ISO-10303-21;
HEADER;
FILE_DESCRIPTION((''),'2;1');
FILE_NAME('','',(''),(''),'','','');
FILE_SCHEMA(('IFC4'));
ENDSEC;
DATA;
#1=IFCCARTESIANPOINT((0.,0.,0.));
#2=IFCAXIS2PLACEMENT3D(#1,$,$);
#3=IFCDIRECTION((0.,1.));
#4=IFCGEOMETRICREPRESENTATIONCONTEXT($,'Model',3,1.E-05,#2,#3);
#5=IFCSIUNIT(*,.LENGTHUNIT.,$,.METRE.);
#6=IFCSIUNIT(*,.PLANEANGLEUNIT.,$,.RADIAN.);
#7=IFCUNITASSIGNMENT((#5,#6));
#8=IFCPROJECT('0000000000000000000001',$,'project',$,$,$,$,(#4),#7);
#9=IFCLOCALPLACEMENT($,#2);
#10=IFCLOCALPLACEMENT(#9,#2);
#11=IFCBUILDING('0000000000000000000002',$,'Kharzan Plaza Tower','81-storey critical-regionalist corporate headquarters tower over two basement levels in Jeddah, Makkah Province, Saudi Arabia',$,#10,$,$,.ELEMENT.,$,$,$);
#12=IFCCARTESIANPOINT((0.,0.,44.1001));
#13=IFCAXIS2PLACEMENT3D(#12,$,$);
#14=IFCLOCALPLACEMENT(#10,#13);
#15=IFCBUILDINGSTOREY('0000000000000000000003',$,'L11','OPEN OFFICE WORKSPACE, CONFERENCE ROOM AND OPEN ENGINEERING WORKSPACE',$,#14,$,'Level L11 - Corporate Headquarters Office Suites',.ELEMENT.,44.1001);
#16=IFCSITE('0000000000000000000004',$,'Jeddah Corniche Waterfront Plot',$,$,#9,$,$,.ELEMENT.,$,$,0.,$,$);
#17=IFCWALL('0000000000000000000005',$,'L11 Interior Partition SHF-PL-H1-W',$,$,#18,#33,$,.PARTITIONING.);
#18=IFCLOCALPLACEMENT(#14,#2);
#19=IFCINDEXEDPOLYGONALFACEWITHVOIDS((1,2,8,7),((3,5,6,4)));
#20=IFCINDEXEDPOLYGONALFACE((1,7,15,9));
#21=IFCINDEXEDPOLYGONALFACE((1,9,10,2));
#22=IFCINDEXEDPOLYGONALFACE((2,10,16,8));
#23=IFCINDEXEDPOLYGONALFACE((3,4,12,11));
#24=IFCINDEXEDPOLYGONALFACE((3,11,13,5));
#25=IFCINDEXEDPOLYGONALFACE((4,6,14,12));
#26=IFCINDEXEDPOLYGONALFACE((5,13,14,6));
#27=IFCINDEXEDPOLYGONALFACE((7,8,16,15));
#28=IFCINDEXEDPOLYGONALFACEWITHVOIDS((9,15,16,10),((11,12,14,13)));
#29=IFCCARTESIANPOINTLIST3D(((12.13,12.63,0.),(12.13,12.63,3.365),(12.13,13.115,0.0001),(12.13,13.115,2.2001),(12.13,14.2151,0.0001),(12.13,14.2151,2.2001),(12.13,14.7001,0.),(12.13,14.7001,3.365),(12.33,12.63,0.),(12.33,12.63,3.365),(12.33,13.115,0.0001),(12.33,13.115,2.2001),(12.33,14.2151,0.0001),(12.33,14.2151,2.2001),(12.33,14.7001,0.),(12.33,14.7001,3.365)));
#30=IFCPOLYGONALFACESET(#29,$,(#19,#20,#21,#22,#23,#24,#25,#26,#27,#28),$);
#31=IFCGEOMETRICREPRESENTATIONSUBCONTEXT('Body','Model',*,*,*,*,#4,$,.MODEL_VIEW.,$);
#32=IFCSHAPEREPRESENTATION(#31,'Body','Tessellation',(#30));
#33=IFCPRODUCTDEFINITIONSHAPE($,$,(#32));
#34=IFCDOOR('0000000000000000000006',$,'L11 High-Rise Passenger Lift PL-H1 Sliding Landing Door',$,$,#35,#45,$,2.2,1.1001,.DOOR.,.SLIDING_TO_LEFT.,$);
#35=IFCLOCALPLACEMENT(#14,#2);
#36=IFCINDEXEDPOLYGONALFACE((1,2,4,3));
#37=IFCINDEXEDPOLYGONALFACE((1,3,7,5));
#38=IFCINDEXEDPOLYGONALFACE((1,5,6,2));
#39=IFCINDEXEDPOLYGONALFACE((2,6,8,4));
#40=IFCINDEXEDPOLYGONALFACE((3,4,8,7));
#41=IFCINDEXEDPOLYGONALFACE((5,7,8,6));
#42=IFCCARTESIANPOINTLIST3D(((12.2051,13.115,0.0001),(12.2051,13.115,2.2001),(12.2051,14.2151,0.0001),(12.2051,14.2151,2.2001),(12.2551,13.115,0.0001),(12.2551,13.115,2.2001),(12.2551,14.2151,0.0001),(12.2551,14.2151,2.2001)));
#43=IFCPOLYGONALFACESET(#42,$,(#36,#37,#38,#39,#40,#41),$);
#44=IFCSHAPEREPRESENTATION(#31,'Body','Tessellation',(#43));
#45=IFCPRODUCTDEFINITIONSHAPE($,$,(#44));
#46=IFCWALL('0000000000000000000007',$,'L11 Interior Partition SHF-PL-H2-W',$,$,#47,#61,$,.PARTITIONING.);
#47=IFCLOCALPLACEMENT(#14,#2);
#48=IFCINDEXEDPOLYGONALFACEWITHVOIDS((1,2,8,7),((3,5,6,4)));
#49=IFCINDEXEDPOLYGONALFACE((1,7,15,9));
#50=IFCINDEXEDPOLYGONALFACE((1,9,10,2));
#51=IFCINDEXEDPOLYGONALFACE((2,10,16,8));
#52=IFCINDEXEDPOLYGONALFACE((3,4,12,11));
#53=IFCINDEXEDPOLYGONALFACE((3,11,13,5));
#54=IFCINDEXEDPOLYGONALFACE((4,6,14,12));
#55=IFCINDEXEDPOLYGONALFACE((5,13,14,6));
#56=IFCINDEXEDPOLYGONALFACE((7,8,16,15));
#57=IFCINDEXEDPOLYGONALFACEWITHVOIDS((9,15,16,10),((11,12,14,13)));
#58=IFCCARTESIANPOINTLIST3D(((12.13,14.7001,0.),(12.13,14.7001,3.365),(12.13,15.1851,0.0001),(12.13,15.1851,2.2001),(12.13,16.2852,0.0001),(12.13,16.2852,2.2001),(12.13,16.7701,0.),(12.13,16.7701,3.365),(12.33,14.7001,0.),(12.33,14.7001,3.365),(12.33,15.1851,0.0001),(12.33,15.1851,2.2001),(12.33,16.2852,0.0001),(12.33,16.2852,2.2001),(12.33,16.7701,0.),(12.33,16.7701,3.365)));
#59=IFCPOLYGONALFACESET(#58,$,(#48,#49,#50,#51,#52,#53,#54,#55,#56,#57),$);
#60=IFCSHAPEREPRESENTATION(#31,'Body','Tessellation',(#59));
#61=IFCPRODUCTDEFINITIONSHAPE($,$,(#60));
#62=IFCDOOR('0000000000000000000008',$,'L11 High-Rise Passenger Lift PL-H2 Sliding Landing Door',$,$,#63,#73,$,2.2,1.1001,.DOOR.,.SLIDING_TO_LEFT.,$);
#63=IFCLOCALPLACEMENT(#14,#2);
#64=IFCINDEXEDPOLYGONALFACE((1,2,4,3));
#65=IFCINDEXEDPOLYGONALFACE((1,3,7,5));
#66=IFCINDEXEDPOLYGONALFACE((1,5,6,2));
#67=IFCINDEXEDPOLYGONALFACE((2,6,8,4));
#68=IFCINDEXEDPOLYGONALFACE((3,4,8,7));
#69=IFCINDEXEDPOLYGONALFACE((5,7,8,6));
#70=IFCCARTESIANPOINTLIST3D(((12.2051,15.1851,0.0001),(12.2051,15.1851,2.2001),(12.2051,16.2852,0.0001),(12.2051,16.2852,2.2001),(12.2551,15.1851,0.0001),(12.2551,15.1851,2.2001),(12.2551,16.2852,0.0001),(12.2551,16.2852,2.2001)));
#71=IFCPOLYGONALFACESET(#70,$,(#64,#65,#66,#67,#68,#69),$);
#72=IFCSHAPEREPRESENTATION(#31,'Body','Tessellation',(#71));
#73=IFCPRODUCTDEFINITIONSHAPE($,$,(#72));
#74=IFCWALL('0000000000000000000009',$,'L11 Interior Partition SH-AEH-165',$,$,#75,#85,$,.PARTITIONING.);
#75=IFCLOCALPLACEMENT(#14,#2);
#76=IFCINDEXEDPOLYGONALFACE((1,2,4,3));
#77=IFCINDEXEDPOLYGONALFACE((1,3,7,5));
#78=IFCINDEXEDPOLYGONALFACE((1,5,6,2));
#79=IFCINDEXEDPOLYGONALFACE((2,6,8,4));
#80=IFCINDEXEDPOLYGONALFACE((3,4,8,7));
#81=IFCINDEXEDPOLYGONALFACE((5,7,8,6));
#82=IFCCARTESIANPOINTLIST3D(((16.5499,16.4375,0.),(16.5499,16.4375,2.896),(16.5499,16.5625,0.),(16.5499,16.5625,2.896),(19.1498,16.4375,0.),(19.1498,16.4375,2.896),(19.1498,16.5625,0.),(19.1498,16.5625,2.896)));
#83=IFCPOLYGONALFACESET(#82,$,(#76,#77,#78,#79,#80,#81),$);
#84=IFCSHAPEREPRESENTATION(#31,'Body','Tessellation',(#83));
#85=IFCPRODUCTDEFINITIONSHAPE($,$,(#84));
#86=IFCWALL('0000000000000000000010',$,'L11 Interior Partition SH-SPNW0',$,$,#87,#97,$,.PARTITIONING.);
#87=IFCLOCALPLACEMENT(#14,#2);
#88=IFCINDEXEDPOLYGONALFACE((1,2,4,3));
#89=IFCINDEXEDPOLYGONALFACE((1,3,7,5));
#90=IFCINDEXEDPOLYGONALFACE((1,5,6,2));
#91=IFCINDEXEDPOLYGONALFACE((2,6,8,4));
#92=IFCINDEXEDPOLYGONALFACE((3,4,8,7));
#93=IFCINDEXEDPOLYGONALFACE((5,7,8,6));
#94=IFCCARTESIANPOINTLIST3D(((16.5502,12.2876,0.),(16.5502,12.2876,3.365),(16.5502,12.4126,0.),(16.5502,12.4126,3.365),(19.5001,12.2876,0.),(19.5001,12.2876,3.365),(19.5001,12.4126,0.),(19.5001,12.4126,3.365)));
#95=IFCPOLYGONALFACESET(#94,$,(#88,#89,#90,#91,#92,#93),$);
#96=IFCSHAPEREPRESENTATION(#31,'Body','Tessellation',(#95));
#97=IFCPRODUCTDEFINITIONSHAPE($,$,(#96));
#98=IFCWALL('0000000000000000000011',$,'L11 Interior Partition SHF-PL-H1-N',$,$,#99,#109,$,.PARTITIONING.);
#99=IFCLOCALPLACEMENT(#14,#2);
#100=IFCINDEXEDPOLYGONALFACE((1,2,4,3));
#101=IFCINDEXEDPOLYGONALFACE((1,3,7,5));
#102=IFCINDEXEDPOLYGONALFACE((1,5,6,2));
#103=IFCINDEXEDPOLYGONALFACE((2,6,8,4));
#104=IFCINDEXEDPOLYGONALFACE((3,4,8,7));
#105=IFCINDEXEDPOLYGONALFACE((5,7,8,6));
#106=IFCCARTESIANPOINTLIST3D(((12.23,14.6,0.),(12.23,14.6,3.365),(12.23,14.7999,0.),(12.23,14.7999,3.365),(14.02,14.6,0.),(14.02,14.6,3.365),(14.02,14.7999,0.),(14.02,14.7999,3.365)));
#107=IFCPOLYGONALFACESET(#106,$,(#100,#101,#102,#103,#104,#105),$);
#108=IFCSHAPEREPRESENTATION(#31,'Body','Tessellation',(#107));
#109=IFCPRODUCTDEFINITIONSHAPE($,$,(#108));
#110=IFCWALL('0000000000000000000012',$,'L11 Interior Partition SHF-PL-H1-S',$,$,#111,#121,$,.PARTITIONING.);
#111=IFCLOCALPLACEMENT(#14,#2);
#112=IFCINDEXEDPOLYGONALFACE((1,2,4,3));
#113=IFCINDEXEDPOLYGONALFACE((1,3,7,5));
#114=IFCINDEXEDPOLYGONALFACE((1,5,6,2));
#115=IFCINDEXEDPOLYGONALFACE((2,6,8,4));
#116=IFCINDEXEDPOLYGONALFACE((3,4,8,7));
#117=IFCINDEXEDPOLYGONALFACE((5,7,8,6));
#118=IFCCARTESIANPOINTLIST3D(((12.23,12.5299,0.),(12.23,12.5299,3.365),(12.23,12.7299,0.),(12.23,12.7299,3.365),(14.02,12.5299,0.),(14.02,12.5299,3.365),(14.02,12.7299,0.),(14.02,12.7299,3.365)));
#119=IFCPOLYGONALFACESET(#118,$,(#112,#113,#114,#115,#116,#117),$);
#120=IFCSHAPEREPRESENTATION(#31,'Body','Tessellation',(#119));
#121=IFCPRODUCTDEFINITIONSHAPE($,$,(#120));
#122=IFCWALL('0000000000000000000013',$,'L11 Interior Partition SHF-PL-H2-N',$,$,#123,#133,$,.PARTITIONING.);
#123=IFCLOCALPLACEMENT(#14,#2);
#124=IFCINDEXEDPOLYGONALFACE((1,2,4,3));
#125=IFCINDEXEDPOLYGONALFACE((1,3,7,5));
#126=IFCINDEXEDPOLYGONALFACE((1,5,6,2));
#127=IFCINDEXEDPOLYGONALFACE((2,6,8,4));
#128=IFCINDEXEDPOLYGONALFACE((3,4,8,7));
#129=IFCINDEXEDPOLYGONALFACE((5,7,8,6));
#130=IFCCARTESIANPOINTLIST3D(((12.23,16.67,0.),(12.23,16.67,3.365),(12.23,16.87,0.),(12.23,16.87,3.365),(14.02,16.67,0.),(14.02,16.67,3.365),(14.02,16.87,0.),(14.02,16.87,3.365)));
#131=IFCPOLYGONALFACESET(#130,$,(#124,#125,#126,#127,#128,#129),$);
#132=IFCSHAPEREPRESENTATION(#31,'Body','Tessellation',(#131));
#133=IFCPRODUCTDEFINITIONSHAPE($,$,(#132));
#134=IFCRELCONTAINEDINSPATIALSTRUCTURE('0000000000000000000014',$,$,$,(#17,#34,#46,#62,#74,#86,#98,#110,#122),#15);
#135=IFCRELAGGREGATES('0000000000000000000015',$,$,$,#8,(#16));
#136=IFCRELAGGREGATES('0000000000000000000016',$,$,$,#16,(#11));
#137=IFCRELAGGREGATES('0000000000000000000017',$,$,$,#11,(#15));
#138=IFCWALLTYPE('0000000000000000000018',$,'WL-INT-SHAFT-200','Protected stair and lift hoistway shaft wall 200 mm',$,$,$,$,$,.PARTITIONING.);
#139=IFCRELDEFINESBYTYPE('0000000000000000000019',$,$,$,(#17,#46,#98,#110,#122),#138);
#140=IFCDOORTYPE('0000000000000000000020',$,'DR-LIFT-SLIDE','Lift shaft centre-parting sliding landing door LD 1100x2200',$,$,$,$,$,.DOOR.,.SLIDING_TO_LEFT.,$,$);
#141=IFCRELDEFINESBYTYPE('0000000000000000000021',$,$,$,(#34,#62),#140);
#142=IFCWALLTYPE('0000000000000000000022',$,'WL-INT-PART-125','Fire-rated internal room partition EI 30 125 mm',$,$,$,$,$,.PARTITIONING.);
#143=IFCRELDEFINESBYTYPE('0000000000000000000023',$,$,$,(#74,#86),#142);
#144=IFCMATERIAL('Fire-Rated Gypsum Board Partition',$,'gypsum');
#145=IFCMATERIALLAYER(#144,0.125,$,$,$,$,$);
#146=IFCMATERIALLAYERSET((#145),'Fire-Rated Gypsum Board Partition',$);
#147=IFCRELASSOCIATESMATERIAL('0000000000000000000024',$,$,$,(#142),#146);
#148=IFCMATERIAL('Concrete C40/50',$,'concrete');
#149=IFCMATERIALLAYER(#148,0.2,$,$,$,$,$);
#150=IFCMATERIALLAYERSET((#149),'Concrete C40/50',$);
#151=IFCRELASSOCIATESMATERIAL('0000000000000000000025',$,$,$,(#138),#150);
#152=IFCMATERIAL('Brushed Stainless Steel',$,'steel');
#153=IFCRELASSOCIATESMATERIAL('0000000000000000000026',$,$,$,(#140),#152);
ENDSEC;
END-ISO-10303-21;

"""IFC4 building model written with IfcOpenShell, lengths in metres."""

from ifc_helpers import new_model, si_unit, direction, frame, frame_2d, origin, place, context, subcontext, project, spatial, rectangle, extrude, source, transform, mapped, material, layer, layer_set, type_object, element, fill, save


model = new_model("IFC4")

# Units and contexts
model_context = context("Model", 3, precision=1e-05, world=origin(), true_north=direction((0.0, 1.0)))
body_context = subcontext(model_context, "Body", "Model", "MODEL_VIEW")
ifc_project = project(units=[si_unit("LENGTHUNIT", "METRE"), si_unit("PLANEANGLEUNIT", "RADIAN")], contexts=[model_context])

# Site, building, storey
site_placement = place(None, origin())
site = spatial("IfcSite", under=ifc_project, at=site_placement, Name="Jeddah Corniche Waterfront Plot", CompositionType="ELEMENT", RefElevation=0.0)
building_placement = place(site_placement, origin())
building = spatial("IfcBuilding", under=site, at=building_placement, Name="Kharzan Plaza Tower", Description="81-storey critical-regionalist corporate headquarters tower over two basement levels in Jeddah, Makkah Province, Saudi Arabia", CompositionType="ELEMENT")
storey_placement = place(building_placement, frame((0.0, 0.0, 44.1001)))
storey = spatial("IfcBuildingStorey", under=building, at=storey_placement, Name="L11", Description="OPEN OFFICE WORKSPACE, CONFERENCE ROOM AND OPEN ENGINEERING WORKSPACE", LongName="Level L11 - Corporate Headquarters Office Suites", CompositionType="ELEMENT", Elevation=44.1001)

# Walls, openings, doors
ifc_material_1 = material(Name="Fire-Rated Gypsum Board Partition", Category="gypsum")
ifc_layer_1 = layer(ifc_material_1, 0.125)
ifc_layer_set_1 = layer_set([ifc_layer_1], Name="Fire-Rated Gypsum Board Partition")
wall_type_1 = type_object("IfcWallType", Name="WL-INT-PART-125", Description="Fire-rated internal room partition EI 30 125 mm", PredefinedType="PARTITIONING", material=ifc_layer_set_1)
ifc_material_2 = material(Name="Concrete C40/50", Category="concrete")
ifc_layer_2 = layer(ifc_material_2, 0.2)
ifc_layer_set_2 = layer_set([ifc_layer_2], Name="Concrete C40/50")
wall_type_2 = type_object("IfcWallType", Name="WL-INT-SHAFT-200", Description="Protected stair and lift hoistway shaft wall 200 mm", PredefinedType="PARTITIONING", material=ifc_layer_set_2)
wall_1_placement = place(storey_placement, frame((12.23, 12.6299, 0.0), z_axis=(0.0, 0.0, 1.0), x_axis=(0.0, 1.0, 0.0)))
wall_1 = element("IfcWall", 1, at=wall_1_placement, inside=storey, type_object=wall_type_2, Name="L11 Interior Partition SHF-PL-H1-W", PredefinedType="PARTITIONING", context=body_context, shape_type="SweptSolid", body=[
    extrude(rectangle(XDim=2.0701, YDim=0.2, at=frame_2d((1.0352, 0.0))), origin(), (0.0, 0.0, 1.0), 3.365),
])
opening_1_placement = place(wall_1_placement, frame((0.4851, 0.0, 0.0)))
opening_1 = element("IfcOpeningElement", 2, at=opening_1_placement, cuts=wall_1, PredefinedType="OPENING", context=body_context, shape_type="SweptSolid", body=[
    extrude(rectangle(XDim=1.1001, YDim=2.2, at=frame_2d((0.55, 1.1001))), frame((0.0, 0.1099, 0.0), z_axis=(0.0, -1.0, 0.0), x_axis=(1.0, 0.0, 0.0)), (0.0, 0.0, 1.0), 0.22),
])
ifc_material_3 = material(Name="Brushed Stainless Steel", Category="steel")
door_type_1 = type_object("IfcDoorType", Name="DR-LIFT-SLIDE", Description="Lift shaft centre-parting sliding landing door LD 1100x2200", OperationType="SLIDING_TO_LEFT", PredefinedType="DOOR", material=ifc_material_3)
shared_shape_1 = source(origin(), body_context, "Body", "SweptSolid", [
    extrude(rectangle(XDim=1.1001, YDim=2.2, at=frame_2d((0.55, 1.1001))), frame((0.0, 0.0249, 0.0), z_axis=(0.0, -1.0, 0.0), x_axis=(1.0, 0.0, 0.0)), (0.0, 0.0, 1.0), 0.05),
])
door_1_placement = place(opening_1_placement, origin())
door_1 = element("IfcDoor", 3, at=door_1_placement, inside=storey, type_object=door_type_1, Name="L11 High-Rise Passenger Lift PL-H1 Sliding Landing Door", OperationType="SLIDING_TO_LEFT", OverallHeight=2.2, OverallWidth=1.1001, PredefinedType="DOOR", context=body_context, shape_type="MappedRepresentation", body=[
    mapped(shared_shape_1, transform((0.0, 0.0, 0.0), x_axis=(1.0, 0.0, 0.0), y_axis=(0.0, 1.0, 0.0), z_axis=(0.0, 0.0, 1.0))),
])
fill(opening_1, door_1)
wall_2_placement = place(storey_placement, frame((12.23, 14.7, 0.0), z_axis=(0.0, 0.0, 1.0), x_axis=(0.0, 1.0, 0.0)))
wall_2 = element("IfcWall", 4, at=wall_2_placement, inside=storey, type_object=wall_type_2, Name="L11 Interior Partition SHF-PL-H2-W", PredefinedType="PARTITIONING", context=body_context, shape_type="SweptSolid", body=[
    extrude(rectangle(XDim=2.0701, YDim=0.2, at=frame_2d((1.0352, 0.0))), origin(), (0.0, 0.0, 1.0), 3.365),
])
opening_2_placement = place(wall_2_placement, frame((0.4851, 0.0, 0.0)))
opening_2 = element("IfcOpeningElement", 5, at=opening_2_placement, cuts=wall_2, PredefinedType="OPENING", context=body_context, shape_type="SweptSolid", body=[
    extrude(rectangle(XDim=1.1001, YDim=2.2, at=frame_2d((0.55, 1.1001))), frame((0.0, 0.1099, 0.0), z_axis=(0.0, -1.0, 0.0), x_axis=(1.0, 0.0, 0.0)), (0.0, 0.0, 1.0), 0.22),
])
door_2_placement = place(opening_2_placement, origin())
door_2 = element("IfcDoor", 6, at=door_2_placement, inside=storey, type_object=door_type_1, Name="L11 High-Rise Passenger Lift PL-H2 Sliding Landing Door", OperationType="SLIDING_TO_LEFT", OverallHeight=2.2, OverallWidth=1.1001, PredefinedType="DOOR", context=body_context, shape_type="MappedRepresentation", body=[
    mapped(shared_shape_1, transform((0.0, 0.0, 0.0), x_axis=(1.0, 0.0, 0.0), y_axis=(0.0, 1.0, 0.0), z_axis=(0.0, 0.0, 1.0))),
])
fill(opening_2, door_2)

# Walls
shared_shape_2 = source(origin(), body_context, "Body", "SweptSolid", [
    extrude(rectangle(XDim=2.5999, YDim=0.125, at=frame_2d((1.2998, 0.0))), origin(), (0.0, 0.0, 1.0), 2.896),
])
wall_3_placement = place(storey_placement, frame((16.55, 16.5, 0.0), z_axis=(0.0, 0.0, 1.0), x_axis=(1.0, 0.0, 0.0)))
element("IfcWall", 7, at=wall_3_placement, inside=storey, type_object=wall_type_1, Name="L11 Interior Partition SH-AEH-165", PredefinedType="PARTITIONING", context=body_context, shape_type="MappedRepresentation", body=[
    mapped(shared_shape_2, transform((0.0, 0.0, 0.0), x_axis=(1.0, 0.0, 0.0), y_axis=(0.0, 1.0, 0.0), z_axis=(0.0, 0.0, 1.0))),
])
shared_shape_3 = source(origin(), body_context, "Body", "SweptSolid", [
    extrude(rectangle(XDim=2.95, YDim=0.125, at=frame_2d((1.4751, 0.0))), origin(), (0.0, 0.0, 1.0), 3.365),
])
wall_4_placement = place(storey_placement, frame((16.55, 12.3501, 0.0), z_axis=(0.0, 0.0, 1.0), x_axis=(1.0, 0.0, 0.0)))
element("IfcWall", 8, at=wall_4_placement, inside=storey, type_object=wall_type_1, Name="L11 Interior Partition SH-SPNW0", PredefinedType="PARTITIONING", context=body_context, shape_type="MappedRepresentation", body=[
    mapped(shared_shape_3, transform((0.0, 0.0, 0.0), x_axis=(1.0, 0.0, 0.0), y_axis=(0.0, 1.0, 0.0), z_axis=(0.0, 0.0, 1.0))),
])
shared_shape_4 = source(origin(), body_context, "Body", "SweptSolid", [
    extrude(rectangle(XDim=1.79, YDim=0.2, at=frame_2d((0.895, 0.0))), origin(), (0.0, 0.0, 1.0), 3.365),
])
for number, where, z_axis, x_axis, name in (
    (9, (12.23, 14.7, 0.0), (0.0, 0.0, 1.0), (1.0, 0.0, 0.0), "L11 Interior Partition SHF-PL-H1-N"),
    (10, (12.23, 12.6299, 0.0), (0.0, 0.0, 1.0), (1.0, 0.0, 0.0), "L11 Interior Partition SHF-PL-H1-S"),
    (11, (12.23, 16.77, 0.0), (0.0, 0.0, 1.0), (1.0, 0.0, 0.0), "L11 Interior Partition SHF-PL-H2-N"),
):
    element("IfcWall", number, at=place(storey_placement, frame(where, z_axis=z_axis, x_axis=x_axis)), inside=storey, type_object=wall_type_2, Name=name, PredefinedType="PARTITIONING", context=body_context, shape_type="MappedRepresentation", body=[
        mapped(shared_shape_4, transform((0.0, 0.0, 0.0), x_axis=(1.0, 0.0, 0.0), y_axis=(0.0, 1.0, 0.0), z_axis=(0.0, 0.0, 1.0))),
    ])

save(model, "model.ifc")
